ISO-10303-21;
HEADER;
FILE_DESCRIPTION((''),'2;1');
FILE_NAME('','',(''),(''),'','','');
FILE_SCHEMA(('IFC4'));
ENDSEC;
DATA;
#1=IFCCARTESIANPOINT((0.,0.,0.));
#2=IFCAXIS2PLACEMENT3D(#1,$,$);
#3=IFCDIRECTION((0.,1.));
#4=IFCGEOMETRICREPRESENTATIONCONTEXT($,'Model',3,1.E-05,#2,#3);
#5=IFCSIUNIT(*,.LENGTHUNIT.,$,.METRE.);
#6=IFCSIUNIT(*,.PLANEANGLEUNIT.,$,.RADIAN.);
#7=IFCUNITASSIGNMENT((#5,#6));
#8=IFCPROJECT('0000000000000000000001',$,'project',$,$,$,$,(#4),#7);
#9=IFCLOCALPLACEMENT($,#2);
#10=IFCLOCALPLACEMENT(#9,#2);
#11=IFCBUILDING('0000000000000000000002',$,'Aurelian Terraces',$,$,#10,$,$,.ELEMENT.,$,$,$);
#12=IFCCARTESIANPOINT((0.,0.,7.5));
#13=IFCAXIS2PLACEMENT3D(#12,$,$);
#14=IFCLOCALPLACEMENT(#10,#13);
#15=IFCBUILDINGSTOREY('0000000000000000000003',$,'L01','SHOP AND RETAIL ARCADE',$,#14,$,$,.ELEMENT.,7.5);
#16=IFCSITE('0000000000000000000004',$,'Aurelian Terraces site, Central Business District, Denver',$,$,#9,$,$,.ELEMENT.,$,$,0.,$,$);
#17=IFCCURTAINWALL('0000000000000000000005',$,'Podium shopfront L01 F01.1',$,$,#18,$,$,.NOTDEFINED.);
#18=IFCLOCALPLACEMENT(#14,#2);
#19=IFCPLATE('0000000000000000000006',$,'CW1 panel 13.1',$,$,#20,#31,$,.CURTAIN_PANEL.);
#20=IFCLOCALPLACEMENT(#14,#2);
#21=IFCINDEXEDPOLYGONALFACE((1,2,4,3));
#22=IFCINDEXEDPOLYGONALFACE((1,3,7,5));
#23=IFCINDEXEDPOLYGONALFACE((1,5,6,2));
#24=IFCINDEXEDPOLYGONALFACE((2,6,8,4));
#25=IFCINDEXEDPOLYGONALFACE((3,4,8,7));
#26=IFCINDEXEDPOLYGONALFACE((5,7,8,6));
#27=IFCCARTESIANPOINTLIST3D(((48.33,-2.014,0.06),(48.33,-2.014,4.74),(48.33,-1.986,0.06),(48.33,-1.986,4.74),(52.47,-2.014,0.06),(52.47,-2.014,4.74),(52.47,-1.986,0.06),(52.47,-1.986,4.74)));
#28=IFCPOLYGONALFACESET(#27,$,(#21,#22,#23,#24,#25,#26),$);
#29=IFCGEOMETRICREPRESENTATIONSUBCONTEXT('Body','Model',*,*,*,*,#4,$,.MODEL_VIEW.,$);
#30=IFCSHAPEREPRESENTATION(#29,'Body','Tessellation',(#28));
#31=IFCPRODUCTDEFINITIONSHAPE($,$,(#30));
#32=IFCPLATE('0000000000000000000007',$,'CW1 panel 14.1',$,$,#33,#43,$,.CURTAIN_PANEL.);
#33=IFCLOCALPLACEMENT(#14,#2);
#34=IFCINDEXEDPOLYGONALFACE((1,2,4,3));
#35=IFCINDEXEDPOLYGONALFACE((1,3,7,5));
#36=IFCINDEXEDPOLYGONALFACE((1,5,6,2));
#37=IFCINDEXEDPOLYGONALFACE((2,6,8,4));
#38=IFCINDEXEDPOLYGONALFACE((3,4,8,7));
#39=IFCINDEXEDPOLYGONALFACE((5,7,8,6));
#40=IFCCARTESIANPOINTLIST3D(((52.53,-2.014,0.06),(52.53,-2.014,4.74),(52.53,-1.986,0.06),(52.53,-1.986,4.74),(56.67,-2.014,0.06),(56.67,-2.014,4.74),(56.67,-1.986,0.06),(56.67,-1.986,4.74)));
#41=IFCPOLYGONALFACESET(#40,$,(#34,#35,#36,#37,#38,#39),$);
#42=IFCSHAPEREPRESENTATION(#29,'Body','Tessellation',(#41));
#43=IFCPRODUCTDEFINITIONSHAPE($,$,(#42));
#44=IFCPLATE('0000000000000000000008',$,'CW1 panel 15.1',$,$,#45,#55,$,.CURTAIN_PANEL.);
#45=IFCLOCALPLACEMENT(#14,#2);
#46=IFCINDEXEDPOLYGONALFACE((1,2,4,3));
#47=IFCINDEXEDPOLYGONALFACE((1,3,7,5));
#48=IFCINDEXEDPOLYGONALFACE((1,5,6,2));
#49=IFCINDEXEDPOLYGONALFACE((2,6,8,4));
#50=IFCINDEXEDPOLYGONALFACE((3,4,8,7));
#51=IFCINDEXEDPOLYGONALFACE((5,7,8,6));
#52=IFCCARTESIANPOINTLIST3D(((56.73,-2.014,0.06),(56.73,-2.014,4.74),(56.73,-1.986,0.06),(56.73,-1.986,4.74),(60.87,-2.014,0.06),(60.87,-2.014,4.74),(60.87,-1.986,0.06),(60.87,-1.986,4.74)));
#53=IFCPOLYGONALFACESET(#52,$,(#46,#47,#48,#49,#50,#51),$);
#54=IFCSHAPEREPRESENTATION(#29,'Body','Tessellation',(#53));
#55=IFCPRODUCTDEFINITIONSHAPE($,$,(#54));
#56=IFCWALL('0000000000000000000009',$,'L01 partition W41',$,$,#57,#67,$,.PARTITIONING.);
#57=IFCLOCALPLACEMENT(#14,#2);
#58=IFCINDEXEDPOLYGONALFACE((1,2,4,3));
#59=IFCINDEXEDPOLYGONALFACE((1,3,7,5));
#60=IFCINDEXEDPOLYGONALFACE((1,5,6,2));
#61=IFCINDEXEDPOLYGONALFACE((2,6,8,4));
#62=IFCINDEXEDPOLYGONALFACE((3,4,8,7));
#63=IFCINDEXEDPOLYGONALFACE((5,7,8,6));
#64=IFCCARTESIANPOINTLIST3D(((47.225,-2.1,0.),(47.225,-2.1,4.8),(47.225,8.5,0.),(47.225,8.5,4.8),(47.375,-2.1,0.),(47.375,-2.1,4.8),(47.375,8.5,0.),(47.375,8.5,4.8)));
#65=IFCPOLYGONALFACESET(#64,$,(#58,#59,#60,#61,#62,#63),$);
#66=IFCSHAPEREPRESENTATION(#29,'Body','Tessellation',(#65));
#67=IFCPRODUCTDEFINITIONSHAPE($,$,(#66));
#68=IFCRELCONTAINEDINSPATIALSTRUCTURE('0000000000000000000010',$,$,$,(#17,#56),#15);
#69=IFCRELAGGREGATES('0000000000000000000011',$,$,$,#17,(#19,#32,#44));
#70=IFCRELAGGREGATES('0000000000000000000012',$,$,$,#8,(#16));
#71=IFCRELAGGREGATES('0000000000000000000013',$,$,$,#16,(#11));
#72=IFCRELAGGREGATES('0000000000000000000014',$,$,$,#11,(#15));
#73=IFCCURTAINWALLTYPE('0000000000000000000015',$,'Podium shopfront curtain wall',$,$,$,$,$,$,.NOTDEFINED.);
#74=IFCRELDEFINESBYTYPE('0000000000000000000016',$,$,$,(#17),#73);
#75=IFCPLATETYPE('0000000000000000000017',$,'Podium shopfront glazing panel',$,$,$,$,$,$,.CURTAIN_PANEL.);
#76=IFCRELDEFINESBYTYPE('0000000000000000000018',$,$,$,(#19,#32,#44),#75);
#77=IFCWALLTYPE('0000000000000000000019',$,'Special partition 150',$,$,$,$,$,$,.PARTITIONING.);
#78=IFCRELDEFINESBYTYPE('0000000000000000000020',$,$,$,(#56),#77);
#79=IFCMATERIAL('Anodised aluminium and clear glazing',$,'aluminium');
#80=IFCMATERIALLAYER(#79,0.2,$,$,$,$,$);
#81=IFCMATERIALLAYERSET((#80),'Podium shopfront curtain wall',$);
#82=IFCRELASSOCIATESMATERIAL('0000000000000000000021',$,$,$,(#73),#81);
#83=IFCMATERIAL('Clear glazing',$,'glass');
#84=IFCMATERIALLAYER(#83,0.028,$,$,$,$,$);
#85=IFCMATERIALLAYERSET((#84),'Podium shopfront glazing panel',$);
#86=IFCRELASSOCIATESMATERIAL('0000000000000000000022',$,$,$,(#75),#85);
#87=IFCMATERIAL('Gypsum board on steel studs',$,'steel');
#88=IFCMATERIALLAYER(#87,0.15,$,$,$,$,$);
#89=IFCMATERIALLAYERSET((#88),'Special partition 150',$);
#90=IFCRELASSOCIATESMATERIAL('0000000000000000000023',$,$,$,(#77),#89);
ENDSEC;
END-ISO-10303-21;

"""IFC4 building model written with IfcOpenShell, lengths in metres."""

from ifc_helpers import new_model, si_unit, direction, frame, frame_2d, origin, origin_2d, place, context, subcontext, project, spatial, rectangle, extrude, source, transform, mapped, material, layer, layer_set, type_object, element, aggregate, save


model = new_model("IFC4")

# Units and contexts
model_context = context("Model", 3, precision=1e-05, world=origin(), true_north=direction((0.0, 1.0)))
body_context = subcontext(model_context, "Body", "Model", "MODEL_VIEW")
ifc_project = project(units=[si_unit("LENGTHUNIT", "METRE"), si_unit("PLANEANGLEUNIT", "RADIAN")], contexts=[model_context])

# Site, building, storey
site_placement = place(None, origin())
site = spatial("IfcSite", under=ifc_project, at=site_placement, Name="Aurelian Terraces site, Central Business District, Denver", CompositionType="ELEMENT", RefElevation=0.0)
building_placement = place(site_placement, origin())
building = spatial("IfcBuilding", under=site, at=building_placement, Name="Aurelian Terraces", CompositionType="ELEMENT")
storey_placement = place(building_placement, frame((0.0, 0.0, 7.5)))
storey = spatial("IfcBuildingStorey", under=building, at=storey_placement, Name="L01", Description="SHOP AND RETAIL ARCADE", CompositionType="ELEMENT", Elevation=7.5)

# Curtain wall, plates
ifc_material_1 = material(Name="Anodised aluminium and clear glazing", Category="aluminium")
ifc_layer_1 = layer(ifc_material_1, 0.2)
ifc_layer_set_1 = layer_set([ifc_layer_1], Name="Podium shopfront curtain wall")
curtain_wall_type = type_object("IfcCurtainWallType", Name="Podium shopfront curtain wall", PredefinedType="NOTDEFINED", material=ifc_layer_set_1)
curtain_wall_placement = place(storey_placement, origin())
curtain_wall = element("IfcCurtainWall", 1, at=curtain_wall_placement, inside=storey, type_object=curtain_wall_type, Name="Podium shopfront L01 F01.1", PredefinedType="NOTDEFINED")
ifc_material_2 = material(Name="Clear glazing", Category="glass")
ifc_layer_2 = layer(ifc_material_2, 0.028)
ifc_layer_set_2 = layer_set([ifc_layer_2], Name="Podium shopfront glazing panel")
plate_type = type_object("IfcPlateType", Name="Podium shopfront glazing panel", PredefinedType="CURTAIN_PANEL", material=ifc_layer_set_2)
shared_shape_1 = source(origin(), body_context, "Body", "SweptSolid", [
    extrude(rectangle(XDim=4.14, YDim=0.028, at=origin_2d()), origin(), (0.0, 0.0, 1.0), 4.68),
])
plate_1_placement = place(storey_placement, frame((50.4, -2.0, 0.06), z_axis=(0.0, 0.0, 1.0), x_axis=(1.0, 0.0, 0.0)))
plate_1 = element("IfcPlate", 2, at=plate_1_placement, type_object=plate_type, Name="CW1 panel 13.1", PredefinedType="CURTAIN_PANEL", context=body_context, shape_type="MappedRepresentation", body=[
    mapped(shared_shape_1, transform((0.0, 0.0, 0.0), scale=1.0)),
])
plate_2_placement = place(storey_placement, frame((54.6, -2.0, 0.06), z_axis=(0.0, 0.0, 1.0), x_axis=(1.0, 0.0, 0.0)))
plate_2 = element("IfcPlate", 3, at=plate_2_placement, type_object=plate_type, Name="CW1 panel 14.1", PredefinedType="CURTAIN_PANEL", context=body_context, shape_type="MappedRepresentation", body=[
    mapped(shared_shape_1, transform((0.0, 0.0, 0.0), scale=1.0)),
])
plate_3_placement = place(storey_placement, frame((58.8, -2.0, 0.06), z_axis=(0.0, 0.0, 1.0), x_axis=(1.0, 0.0, 0.0)))
plate_3 = element("IfcPlate", 4, at=plate_3_placement, type_object=plate_type, Name="CW1 panel 15.1", PredefinedType="CURTAIN_PANEL", context=body_context, shape_type="MappedRepresentation", body=[
    mapped(shared_shape_1, transform((0.0, 0.0, 0.0), scale=1.0)),
])
aggregate(curtain_wall, [plate_1, plate_2, plate_3])

# Wall
ifc_material_3 = material(Name="Gypsum board on steel studs", Category="steel")
ifc_layer_3 = layer(ifc_material_3, 0.15)
ifc_layer_set_3 = layer_set([ifc_layer_3], Name="Special partition 150")
wall_type = type_object("IfcWallType", Name="Special partition 150", PredefinedType="PARTITIONING", material=ifc_layer_set_3)
shared_shape_2 = source(origin(), body_context, "Body", "SweptSolid", [
    extrude(rectangle(XDim=10.6, YDim=0.15, at=frame_2d((5.3, 0.0))), origin(), (0.0, 0.0, 1.0), 4.8),
])
wall_placement = place(storey_placement, frame((47.3, -2.1, 0.0), z_axis=(0.0, 0.0, 1.0), x_axis=(0.0, 1.0, 0.0)))
element("IfcWall", 5, at=wall_placement, inside=storey, type_object=wall_type, Name="L01 partition W41", PredefinedType="PARTITIONING", context=body_context, shape_type="MappedRepresentation", body=[
    mapped(shared_shape_2, transform((0.0, 0.0, 0.0), scale=1.0)),
])

save(model, "model.ifc")
